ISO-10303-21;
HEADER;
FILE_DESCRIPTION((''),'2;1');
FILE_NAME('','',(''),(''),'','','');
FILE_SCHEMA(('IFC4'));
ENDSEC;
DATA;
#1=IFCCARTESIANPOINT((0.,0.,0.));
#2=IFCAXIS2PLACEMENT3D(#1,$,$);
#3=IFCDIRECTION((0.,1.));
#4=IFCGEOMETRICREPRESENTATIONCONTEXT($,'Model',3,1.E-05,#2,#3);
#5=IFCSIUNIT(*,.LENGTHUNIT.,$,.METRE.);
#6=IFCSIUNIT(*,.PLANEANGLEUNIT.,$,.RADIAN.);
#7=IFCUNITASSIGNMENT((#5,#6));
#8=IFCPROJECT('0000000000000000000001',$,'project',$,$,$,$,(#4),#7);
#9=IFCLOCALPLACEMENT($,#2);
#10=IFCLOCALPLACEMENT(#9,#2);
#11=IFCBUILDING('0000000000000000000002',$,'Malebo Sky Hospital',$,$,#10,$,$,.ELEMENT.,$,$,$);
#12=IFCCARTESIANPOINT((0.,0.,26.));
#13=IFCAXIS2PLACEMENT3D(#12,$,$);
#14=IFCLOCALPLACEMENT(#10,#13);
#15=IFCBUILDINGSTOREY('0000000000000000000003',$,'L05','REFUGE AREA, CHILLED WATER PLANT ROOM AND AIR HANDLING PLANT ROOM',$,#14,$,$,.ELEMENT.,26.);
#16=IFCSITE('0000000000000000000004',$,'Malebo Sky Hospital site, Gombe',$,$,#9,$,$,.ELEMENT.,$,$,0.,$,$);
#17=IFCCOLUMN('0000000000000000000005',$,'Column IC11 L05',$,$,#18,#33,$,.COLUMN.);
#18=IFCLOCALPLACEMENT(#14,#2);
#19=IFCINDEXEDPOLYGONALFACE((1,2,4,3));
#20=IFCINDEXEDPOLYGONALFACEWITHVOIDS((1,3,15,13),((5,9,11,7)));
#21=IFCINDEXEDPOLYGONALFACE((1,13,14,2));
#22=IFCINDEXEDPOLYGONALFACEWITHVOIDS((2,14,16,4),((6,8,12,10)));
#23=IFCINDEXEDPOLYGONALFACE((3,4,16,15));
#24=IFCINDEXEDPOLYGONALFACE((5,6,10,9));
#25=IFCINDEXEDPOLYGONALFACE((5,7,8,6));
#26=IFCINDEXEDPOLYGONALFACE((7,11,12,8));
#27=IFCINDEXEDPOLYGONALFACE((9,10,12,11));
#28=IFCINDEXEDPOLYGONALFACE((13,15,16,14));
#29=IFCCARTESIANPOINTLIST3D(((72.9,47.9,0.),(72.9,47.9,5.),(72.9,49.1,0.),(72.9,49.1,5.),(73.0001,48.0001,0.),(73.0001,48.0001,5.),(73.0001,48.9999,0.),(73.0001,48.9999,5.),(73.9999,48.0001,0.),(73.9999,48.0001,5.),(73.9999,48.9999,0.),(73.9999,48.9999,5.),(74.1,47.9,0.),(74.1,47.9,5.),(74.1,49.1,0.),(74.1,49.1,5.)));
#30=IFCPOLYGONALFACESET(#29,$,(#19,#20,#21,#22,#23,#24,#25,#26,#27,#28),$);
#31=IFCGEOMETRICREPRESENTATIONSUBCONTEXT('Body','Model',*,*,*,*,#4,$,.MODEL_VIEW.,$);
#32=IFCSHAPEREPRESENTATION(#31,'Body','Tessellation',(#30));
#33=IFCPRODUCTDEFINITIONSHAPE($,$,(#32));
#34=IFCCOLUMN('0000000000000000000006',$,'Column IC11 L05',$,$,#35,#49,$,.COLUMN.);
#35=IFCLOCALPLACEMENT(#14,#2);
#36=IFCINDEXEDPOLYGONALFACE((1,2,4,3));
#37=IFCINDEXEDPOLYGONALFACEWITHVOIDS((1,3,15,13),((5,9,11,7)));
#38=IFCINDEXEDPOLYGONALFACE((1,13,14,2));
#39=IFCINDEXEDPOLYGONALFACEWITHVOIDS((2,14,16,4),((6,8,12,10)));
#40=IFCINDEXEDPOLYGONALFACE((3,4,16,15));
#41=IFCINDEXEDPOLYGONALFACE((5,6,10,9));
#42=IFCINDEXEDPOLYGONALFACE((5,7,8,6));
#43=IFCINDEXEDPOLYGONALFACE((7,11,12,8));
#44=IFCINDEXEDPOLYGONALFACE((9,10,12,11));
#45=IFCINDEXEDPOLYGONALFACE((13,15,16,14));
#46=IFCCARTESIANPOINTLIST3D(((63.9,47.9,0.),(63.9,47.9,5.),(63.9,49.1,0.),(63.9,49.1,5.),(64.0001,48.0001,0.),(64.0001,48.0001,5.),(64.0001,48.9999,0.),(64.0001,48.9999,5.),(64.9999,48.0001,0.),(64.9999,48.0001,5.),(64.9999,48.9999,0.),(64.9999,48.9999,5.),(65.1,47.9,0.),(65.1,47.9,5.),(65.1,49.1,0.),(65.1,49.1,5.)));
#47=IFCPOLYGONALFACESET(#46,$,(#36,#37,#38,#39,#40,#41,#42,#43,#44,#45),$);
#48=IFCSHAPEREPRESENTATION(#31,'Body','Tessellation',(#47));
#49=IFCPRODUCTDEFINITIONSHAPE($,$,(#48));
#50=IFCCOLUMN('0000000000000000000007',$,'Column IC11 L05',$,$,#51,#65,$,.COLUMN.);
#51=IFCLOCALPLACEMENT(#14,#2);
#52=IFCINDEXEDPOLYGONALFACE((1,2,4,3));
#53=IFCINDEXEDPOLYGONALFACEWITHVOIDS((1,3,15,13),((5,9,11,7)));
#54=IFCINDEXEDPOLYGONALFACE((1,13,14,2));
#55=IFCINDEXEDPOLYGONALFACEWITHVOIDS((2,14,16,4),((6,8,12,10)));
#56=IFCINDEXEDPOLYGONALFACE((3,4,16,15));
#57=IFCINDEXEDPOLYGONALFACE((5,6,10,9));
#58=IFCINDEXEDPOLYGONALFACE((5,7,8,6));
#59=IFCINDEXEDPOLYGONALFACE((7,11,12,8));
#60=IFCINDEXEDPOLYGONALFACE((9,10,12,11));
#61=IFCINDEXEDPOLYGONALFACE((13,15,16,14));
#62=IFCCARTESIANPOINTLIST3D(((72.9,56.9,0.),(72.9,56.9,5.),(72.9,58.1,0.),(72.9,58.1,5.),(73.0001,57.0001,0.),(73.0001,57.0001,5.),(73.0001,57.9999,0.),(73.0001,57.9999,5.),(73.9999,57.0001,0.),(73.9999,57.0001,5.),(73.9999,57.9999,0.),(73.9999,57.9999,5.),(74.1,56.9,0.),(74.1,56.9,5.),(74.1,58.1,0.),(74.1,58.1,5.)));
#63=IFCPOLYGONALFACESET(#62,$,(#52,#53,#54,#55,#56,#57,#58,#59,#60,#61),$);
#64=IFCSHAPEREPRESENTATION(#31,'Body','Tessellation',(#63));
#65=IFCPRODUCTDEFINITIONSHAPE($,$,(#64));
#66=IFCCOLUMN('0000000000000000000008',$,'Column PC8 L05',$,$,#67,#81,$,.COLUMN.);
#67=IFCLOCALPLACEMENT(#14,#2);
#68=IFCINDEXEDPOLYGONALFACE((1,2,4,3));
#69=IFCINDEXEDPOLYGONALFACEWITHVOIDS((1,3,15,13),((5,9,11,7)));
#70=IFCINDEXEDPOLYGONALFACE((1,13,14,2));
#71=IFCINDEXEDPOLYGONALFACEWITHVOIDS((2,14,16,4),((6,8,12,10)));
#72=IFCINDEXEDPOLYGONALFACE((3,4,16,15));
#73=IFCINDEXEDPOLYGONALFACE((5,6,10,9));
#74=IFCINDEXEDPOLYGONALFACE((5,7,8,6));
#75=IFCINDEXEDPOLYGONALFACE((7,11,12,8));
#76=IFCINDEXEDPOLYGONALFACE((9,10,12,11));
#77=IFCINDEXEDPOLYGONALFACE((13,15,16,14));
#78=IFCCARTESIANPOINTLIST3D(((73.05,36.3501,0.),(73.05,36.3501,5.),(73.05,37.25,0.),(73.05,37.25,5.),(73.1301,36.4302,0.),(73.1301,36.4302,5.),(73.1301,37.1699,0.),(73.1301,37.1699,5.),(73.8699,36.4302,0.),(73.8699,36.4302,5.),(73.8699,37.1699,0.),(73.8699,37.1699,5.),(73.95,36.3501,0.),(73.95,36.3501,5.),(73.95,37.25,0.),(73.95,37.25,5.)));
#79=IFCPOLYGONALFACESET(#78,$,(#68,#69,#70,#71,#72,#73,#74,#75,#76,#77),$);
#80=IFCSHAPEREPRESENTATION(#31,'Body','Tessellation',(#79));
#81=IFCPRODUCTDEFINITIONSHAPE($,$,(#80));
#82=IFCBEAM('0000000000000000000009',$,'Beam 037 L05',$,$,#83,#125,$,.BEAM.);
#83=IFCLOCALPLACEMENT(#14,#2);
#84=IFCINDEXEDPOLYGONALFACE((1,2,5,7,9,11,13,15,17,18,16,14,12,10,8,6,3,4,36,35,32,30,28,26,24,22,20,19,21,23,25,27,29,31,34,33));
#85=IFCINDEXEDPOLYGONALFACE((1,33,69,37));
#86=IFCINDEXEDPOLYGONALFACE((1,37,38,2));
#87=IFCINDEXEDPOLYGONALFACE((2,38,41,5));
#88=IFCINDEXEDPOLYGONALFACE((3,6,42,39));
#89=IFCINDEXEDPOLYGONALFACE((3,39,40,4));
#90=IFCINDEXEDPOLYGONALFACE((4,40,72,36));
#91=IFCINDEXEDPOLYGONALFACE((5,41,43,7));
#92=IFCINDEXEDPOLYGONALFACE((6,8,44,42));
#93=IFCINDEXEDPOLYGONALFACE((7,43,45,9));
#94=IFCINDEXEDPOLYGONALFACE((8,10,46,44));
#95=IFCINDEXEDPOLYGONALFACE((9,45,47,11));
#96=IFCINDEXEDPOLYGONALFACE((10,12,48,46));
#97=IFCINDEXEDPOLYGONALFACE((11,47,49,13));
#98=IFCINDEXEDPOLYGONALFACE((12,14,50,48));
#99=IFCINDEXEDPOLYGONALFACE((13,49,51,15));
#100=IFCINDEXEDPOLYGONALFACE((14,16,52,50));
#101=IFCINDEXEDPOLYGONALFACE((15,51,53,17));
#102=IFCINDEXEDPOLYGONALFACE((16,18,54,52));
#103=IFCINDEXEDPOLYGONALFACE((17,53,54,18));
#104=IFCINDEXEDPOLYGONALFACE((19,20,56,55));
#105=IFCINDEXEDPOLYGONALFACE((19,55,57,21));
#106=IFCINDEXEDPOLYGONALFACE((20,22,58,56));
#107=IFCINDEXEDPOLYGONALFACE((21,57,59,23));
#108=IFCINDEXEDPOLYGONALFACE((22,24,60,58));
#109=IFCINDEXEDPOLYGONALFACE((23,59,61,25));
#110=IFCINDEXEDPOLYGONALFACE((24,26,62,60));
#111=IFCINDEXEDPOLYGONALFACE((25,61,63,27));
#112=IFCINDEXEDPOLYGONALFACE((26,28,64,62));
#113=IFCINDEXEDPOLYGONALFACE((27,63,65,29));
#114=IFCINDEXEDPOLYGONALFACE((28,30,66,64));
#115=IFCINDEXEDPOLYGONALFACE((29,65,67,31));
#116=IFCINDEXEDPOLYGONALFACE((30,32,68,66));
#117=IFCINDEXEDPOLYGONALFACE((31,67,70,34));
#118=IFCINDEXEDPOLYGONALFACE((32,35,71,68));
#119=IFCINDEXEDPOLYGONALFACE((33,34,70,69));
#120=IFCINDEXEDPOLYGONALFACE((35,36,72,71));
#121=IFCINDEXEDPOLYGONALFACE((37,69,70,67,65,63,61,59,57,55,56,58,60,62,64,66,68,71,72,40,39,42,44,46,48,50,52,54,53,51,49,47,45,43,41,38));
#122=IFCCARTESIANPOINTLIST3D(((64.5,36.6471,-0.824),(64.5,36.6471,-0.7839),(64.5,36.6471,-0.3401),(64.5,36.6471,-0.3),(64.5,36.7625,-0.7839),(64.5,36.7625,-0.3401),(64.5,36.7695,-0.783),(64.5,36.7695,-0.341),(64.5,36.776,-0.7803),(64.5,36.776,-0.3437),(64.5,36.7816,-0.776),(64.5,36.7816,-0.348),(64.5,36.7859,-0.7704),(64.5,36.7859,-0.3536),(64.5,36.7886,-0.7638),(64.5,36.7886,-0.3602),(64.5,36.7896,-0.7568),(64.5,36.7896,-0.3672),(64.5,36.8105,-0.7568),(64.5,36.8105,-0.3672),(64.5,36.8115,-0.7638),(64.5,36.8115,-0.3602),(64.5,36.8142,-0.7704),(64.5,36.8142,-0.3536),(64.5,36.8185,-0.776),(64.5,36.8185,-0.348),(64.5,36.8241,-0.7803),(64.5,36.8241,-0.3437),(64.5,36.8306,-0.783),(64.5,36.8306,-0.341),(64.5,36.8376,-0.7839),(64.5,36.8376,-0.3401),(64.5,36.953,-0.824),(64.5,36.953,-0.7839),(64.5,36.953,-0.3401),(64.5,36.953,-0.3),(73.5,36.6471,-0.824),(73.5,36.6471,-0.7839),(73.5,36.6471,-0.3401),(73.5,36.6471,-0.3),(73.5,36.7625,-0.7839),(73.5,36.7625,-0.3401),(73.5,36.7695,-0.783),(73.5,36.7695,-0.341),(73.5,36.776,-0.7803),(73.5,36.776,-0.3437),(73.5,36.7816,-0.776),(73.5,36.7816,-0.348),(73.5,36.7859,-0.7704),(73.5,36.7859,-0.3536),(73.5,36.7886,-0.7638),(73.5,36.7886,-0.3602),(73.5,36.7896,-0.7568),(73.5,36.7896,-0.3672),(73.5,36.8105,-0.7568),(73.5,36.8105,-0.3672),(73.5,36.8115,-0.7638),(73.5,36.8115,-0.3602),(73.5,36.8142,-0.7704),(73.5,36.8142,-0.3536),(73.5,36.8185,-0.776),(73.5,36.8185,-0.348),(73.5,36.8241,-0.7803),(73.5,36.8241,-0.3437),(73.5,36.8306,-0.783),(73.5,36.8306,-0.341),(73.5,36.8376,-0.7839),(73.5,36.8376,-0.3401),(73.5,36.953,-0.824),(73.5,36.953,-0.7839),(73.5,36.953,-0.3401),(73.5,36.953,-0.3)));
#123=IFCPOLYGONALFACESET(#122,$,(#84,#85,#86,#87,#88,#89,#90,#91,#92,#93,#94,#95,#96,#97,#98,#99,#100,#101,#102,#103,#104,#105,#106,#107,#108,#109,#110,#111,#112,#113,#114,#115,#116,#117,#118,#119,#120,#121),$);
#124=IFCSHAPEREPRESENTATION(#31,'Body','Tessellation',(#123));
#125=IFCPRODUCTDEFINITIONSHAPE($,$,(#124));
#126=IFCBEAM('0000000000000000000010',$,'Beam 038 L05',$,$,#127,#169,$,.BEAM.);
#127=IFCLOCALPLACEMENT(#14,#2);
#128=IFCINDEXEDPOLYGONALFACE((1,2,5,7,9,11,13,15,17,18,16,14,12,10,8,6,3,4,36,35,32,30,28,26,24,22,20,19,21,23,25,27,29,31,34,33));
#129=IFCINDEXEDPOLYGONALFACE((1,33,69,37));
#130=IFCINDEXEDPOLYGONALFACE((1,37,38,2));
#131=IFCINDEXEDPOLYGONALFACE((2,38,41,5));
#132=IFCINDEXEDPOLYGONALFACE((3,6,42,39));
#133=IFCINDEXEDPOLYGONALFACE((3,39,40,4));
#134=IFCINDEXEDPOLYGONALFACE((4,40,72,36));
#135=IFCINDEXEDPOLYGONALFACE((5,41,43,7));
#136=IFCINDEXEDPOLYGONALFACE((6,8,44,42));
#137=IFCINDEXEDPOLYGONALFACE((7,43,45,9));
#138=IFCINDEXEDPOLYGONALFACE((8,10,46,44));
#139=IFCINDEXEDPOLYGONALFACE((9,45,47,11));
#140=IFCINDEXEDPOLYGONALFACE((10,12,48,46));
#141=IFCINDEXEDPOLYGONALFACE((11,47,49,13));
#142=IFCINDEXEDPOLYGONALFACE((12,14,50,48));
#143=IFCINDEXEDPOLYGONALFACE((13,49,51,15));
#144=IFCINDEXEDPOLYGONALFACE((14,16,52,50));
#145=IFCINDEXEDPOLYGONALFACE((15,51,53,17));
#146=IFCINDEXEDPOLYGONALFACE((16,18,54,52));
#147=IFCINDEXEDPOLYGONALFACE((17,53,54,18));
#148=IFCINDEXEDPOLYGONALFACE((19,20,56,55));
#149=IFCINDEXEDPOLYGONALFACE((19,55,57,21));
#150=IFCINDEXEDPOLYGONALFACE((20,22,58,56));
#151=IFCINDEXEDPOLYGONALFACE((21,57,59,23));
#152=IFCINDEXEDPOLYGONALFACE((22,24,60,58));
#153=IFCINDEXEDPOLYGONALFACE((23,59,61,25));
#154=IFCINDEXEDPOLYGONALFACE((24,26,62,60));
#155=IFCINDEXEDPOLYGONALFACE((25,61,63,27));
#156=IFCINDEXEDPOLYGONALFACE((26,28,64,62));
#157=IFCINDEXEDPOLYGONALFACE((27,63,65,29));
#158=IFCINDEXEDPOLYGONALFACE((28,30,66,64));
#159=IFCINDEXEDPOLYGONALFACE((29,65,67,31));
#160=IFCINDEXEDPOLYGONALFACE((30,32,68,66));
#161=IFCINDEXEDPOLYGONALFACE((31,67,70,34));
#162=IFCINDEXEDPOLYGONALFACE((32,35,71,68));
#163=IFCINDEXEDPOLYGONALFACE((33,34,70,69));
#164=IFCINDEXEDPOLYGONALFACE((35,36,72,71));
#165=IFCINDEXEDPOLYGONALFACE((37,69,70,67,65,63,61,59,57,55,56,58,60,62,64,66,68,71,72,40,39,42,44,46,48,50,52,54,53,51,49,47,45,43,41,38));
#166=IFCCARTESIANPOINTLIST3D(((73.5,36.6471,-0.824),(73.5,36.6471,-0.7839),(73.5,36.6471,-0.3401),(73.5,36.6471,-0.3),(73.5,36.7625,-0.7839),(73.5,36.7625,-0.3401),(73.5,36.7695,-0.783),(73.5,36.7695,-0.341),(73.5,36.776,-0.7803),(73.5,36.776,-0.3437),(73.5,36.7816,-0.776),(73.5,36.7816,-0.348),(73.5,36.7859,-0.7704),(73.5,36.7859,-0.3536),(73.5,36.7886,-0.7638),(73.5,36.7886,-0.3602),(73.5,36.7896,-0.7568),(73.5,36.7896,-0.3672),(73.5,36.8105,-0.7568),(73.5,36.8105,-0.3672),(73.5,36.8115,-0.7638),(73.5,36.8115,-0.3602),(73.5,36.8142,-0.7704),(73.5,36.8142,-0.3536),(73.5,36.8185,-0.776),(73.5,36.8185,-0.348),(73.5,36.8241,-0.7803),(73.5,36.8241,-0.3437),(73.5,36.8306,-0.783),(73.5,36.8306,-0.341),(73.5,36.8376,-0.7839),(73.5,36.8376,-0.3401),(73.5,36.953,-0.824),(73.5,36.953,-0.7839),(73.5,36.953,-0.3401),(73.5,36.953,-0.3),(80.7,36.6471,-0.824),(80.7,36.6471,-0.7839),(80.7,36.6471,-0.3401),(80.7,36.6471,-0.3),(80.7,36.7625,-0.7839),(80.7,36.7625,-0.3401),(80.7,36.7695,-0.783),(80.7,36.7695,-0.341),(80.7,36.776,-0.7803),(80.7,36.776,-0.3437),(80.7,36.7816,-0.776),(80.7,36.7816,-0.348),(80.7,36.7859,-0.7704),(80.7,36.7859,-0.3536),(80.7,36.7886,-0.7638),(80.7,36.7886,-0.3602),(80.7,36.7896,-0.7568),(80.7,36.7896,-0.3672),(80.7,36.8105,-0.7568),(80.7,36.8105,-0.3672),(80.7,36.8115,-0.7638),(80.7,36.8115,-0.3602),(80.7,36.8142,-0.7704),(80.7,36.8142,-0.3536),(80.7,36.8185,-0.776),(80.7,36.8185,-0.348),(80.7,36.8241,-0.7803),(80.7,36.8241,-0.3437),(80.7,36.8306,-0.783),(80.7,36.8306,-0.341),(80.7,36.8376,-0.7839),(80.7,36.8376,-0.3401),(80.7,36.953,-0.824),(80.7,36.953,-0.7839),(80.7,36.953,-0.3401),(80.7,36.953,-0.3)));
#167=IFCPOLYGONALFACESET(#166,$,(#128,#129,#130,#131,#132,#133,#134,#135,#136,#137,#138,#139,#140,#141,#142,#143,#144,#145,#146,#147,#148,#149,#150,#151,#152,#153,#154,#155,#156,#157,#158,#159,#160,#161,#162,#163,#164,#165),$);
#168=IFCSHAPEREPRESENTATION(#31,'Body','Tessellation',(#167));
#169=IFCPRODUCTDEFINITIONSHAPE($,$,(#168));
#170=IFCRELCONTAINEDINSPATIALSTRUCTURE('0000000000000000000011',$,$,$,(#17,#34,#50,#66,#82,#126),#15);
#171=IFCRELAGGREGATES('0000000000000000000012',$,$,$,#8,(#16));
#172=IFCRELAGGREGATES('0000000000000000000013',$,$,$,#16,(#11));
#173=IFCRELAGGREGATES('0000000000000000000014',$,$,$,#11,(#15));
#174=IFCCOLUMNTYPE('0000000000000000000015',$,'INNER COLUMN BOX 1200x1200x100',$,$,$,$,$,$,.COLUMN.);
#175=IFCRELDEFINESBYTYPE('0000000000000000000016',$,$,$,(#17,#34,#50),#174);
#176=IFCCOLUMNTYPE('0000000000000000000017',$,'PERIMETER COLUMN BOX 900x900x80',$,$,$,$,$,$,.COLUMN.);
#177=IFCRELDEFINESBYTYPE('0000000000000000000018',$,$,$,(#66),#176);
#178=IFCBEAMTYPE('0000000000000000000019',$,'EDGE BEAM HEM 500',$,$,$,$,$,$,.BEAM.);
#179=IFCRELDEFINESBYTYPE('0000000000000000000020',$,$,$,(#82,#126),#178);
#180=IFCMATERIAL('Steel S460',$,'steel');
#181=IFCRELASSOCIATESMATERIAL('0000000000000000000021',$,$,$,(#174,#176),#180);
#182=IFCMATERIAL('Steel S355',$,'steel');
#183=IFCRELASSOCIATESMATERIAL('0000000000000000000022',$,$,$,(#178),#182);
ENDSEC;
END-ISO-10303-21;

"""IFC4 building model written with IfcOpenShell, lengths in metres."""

from ifc_helpers import new_model, si_unit, direction, frame, origin, origin_2d, place, context, subcontext, project, spatial, hollow_rectangle, i_section, extrude, material, material_profile, profile_set, type_object, element, save


model = new_model("IFC4")

# Units and contexts
model_context = context("Model", 3, precision=1e-05, world=origin(), true_north=direction((0.0, 1.0)))
body_context = subcontext(model_context, "Body", "Model", "MODEL_VIEW")
ifc_project = project(units=[si_unit("LENGTHUNIT", "METRE"), si_unit("PLANEANGLEUNIT", "RADIAN")], contexts=[model_context])

# Site, building, storey
site_placement = place(None, origin())
site = spatial("IfcSite", under=ifc_project, at=site_placement, Name="Malebo Sky Hospital site, Gombe", CompositionType="ELEMENT", RefElevation=0.0)
building_placement = place(site_placement, origin())
building = spatial("IfcBuilding", under=site, at=building_placement, Name="Malebo Sky Hospital", CompositionType="ELEMENT")
storey_placement = place(building_placement, frame((0.0, 0.0, 26.0)))
storey = spatial("IfcBuildingStorey", under=building, at=storey_placement, Name="L05", Description="REFUGE AREA, CHILLED WATER PLANT ROOM AND AIR HANDLING PLANT ROOM", CompositionType="ELEMENT", Elevation=26.0)

# Columns
ifc_material_1 = material(Name="Steel S460", Category="steel")
ifc_material_profile_1 = material_profile(ifc_material_1, hollow_rectangle(XDim=1.2, YDim=1.2, WallThickness=0.1001, at=origin_2d()), Name="BOX 1200x1200x100")
ifc_profile_set_1 = profile_set([ifc_material_profile_1], Name="Steel S460")
column_type_1 = type_object("IfcColumnType", Name="INNER COLUMN BOX 1200x1200x100", PredefinedType="COLUMN", material=ifc_profile_set_1)
for number, where, z_axis, x_axis, name in (
    (1, (73.5, 48.5, 0.0), (0.0, 0.0, 1.0), (1.0, 0.0, 0.0), "Column IC11 L05"),
    (2, (64.5, 48.5, 0.0), (0.0, 0.0, 1.0), (1.0, 0.0, 0.0), "Column IC11 L05"),
    (3, (73.5, 57.5, 0.0), (0.0, 0.0, 1.0), (1.0, 0.0, 0.0), "Column IC11 L05"),
):
    element("IfcColumn", number, at=place(storey_placement, frame(where, z_axis=z_axis, x_axis=x_axis)), inside=storey, type_object=column_type_1, Name=name, PredefinedType="COLUMN", context=body_context, shape_type="SweptSolid", body=[
        extrude(hollow_rectangle(XDim=1.2, YDim=1.2, WallThickness=0.1001, at=origin_2d()), origin(), (0.0, 0.0, 1.0), 5.0),
    ])
ifc_material_profile_2 = material_profile(ifc_material_1, hollow_rectangle(XDim=0.8999, YDim=0.8999, WallThickness=0.0801, at=origin_2d()), Name="BOX 900x900x80")
ifc_profile_set_2 = profile_set([ifc_material_profile_2], Name="Steel S460")
column_type_2 = type_object("IfcColumnType", Name="PERIMETER COLUMN BOX 900x900x80", PredefinedType="COLUMN", material=ifc_profile_set_2)
column_placement = place(storey_placement, frame((73.5, 36.8, 0.0), z_axis=(0.0, 0.0, 1.0), x_axis=(1.0, 0.0, 0.0)))
element("IfcColumn", 4, at=column_placement, inside=storey, type_object=column_type_2, Name="Column PC8 L05", PredefinedType="COLUMN", context=body_context, shape_type="SweptSolid", body=[
    extrude(hollow_rectangle(XDim=0.8999, YDim=0.8999, WallThickness=0.0801, at=origin_2d()), origin(), (0.0, 0.0, 1.0), 5.0),
])

# Beams
ifc_material_2 = material(Name="Steel S355", Category="steel")
ifc_material_profile_3 = material_profile(ifc_material_2, i_section(OverallWidth=0.3059, OverallDepth=0.5239, WebThickness=0.021, FlangeThickness=0.04, FilletRadius=0.0271, at=origin_2d()), Name="HEM 500")
ifc_profile_set_3 = profile_set([ifc_material_profile_3], Name="Steel S355")
beam_type_1 = type_object("IfcBeamType", Name="EDGE BEAM HEM 500", PredefinedType="BEAM", material=ifc_profile_set_3)
beam_1_placement = place(storey_placement, frame((64.5, 36.8, -0.562), z_axis=(1.0, 0.0, 0.0), x_axis=(0.0, 1.0, 0.0)))
element("IfcBeam", 5, at=beam_1_placement, inside=storey, type_object=beam_type_1, Name="Beam 037 L05", PredefinedType="BEAM", context=body_context, shape_type="SweptSolid", body=[
    extrude(i_section(OverallWidth=0.3059, OverallDepth=0.5239, WebThickness=0.021, FlangeThickness=0.04, FilletRadius=0.0271, at=origin_2d()), origin(), (0.0, 0.0, 1.0), 9.0),
])
beam_2_placement = place(storey_placement, frame((73.5, 36.8, -0.562), z_axis=(1.0, 0.0, 0.0), x_axis=(0.0, 1.0, 0.0)))
element("IfcBeam", 6, at=beam_2_placement, inside=storey, type_object=beam_type_1, Name="Beam 038 L05", PredefinedType="BEAM", context=body_context, shape_type="SweptSolid", body=[
    extrude(i_section(OverallWidth=0.3059, OverallDepth=0.5239, WebThickness=0.021, FlangeThickness=0.04, FilletRadius=0.0271, at=origin_2d()), origin(), (0.0, 0.0, 1.0), 7.2),
])

save(model, "model.ifc")
